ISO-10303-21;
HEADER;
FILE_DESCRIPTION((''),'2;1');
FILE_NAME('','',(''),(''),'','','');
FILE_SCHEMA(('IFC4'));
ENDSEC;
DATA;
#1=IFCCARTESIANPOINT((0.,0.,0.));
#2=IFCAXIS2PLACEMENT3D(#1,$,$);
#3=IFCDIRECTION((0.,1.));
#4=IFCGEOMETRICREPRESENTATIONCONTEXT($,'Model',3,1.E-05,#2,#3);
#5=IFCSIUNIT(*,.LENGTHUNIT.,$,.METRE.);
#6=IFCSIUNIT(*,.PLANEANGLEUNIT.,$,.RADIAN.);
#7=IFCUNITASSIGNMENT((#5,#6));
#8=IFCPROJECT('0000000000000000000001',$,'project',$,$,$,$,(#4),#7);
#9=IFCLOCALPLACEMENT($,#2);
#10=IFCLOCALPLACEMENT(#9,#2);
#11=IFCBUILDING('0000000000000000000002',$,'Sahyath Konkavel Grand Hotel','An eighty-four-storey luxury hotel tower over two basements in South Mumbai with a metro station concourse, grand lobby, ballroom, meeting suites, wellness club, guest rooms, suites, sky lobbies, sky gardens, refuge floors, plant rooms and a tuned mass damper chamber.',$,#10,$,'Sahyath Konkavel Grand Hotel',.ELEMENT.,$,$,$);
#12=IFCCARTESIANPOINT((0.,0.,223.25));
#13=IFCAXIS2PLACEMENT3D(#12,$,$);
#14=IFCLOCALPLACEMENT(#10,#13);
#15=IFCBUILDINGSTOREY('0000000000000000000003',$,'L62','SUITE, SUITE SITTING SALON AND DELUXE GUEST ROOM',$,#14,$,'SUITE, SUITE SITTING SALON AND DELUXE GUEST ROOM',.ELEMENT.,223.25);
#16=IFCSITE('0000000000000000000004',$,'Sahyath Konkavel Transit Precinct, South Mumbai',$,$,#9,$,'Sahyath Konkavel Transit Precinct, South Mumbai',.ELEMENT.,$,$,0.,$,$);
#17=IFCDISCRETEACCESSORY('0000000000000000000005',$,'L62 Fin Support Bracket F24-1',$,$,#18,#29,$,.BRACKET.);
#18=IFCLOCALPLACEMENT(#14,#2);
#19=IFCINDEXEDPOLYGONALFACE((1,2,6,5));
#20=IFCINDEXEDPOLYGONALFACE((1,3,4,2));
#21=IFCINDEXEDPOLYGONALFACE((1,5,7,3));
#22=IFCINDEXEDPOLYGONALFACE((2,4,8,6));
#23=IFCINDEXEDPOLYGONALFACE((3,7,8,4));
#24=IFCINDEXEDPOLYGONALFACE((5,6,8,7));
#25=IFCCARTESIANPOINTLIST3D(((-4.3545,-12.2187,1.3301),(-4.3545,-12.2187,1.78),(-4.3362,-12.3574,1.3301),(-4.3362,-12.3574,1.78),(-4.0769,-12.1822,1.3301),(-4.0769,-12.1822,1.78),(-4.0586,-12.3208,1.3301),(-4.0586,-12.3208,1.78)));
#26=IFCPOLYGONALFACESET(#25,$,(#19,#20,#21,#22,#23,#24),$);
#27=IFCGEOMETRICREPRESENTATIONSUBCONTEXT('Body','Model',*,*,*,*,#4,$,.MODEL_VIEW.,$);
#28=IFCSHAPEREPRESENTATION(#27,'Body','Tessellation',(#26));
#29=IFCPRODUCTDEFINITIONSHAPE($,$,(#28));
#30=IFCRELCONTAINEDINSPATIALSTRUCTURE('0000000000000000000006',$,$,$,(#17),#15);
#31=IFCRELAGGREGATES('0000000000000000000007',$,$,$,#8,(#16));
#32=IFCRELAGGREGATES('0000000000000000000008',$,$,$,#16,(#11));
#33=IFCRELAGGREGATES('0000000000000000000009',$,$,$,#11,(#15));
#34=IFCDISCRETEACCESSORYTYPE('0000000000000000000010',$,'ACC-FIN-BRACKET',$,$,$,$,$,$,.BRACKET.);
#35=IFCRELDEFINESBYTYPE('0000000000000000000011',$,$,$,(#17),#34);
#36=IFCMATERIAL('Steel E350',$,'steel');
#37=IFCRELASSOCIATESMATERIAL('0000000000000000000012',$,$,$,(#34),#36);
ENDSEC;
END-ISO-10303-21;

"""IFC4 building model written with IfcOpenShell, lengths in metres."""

from ifc_helpers import new_model, si_unit, direction, frame, origin, origin_2d, place, context, subcontext, project, spatial, rectangle, extrude, source, transform, mapped, material, type_object, element, save


model = new_model("IFC4")

# Units and contexts
model_context = context("Model", 3, precision=1e-05, world=origin(), true_north=direction((0.0, 1.0)))
body_context = subcontext(model_context, "Body", "Model", "MODEL_VIEW")
ifc_project = project(units=[si_unit("LENGTHUNIT", "METRE"), si_unit("PLANEANGLEUNIT", "RADIAN")], contexts=[model_context])

# Site, building, storey
site_placement = place(None, origin())
site = spatial("IfcSite", under=ifc_project, at=site_placement, Name="Sahyath Konkavel Transit Precinct, South Mumbai", LongName="Sahyath Konkavel Transit Precinct, South Mumbai", CompositionType="ELEMENT", RefElevation=0.0)
building_placement = place(site_placement, origin())
building = spatial("IfcBuilding", under=site, at=building_placement, Name="Sahyath Konkavel Grand Hotel", Description="An eighty-four-storey luxury hotel tower over two basements in South Mumbai with a metro station concourse, grand lobby, ballroom, meeting suites, wellness club, guest rooms, suites, sky lobbies, sky gardens, refuge floors, plant rooms and a tuned mass damper chamber.", LongName="Sahyath Konkavel Grand Hotel", CompositionType="ELEMENT")
storey_placement = place(building_placement, frame((0.0, 0.0, 223.25)))
storey = spatial("IfcBuildingStorey", under=building, at=storey_placement, Name="L62", Description="SUITE, SUITE SITTING SALON AND DELUXE GUEST ROOM", LongName="SUITE, SUITE SITTING SALON AND DELUXE GUEST ROOM", CompositionType="ELEMENT", Elevation=223.25)

# Discrete accessory
ifc_material_1 = material(Name="Steel E350", Category="steel")
discrete_accessory_type = type_object("IfcDiscreteAccessoryType", Name="ACC-FIN-BRACKET", PredefinedType="BRACKET", material=ifc_material_1)
shared_shape_1 = source(origin(), body_context, "Body", "SweptSolid", [
    extrude(rectangle(XDim=0.28, YDim=0.1399, at=origin_2d()), origin(), (0.0, 0.0, 1.0), 0.45),
])
for number, where, z_axis, x_axis, name in (
    (1, (-4.2065, -12.2698, 1.3301), (0.0, 0.0, 1.0), (-0.991445, -0.130526, 0.0), "L62 Fin Support Bracket F24-1"),
):
    element("IfcDiscreteAccessory", number, at=place(storey_placement, frame(where, z_axis=z_axis, x_axis=x_axis)), inside=storey, type_object=discrete_accessory_type, Name=name, PredefinedType="BRACKET", context=body_context, shape_type="MappedRepresentation", body=[
        mapped(shared_shape_1, transform((0.0, 0.0, 0.0), scale=1.0)),
    ])

save(model, "model.ifc")
